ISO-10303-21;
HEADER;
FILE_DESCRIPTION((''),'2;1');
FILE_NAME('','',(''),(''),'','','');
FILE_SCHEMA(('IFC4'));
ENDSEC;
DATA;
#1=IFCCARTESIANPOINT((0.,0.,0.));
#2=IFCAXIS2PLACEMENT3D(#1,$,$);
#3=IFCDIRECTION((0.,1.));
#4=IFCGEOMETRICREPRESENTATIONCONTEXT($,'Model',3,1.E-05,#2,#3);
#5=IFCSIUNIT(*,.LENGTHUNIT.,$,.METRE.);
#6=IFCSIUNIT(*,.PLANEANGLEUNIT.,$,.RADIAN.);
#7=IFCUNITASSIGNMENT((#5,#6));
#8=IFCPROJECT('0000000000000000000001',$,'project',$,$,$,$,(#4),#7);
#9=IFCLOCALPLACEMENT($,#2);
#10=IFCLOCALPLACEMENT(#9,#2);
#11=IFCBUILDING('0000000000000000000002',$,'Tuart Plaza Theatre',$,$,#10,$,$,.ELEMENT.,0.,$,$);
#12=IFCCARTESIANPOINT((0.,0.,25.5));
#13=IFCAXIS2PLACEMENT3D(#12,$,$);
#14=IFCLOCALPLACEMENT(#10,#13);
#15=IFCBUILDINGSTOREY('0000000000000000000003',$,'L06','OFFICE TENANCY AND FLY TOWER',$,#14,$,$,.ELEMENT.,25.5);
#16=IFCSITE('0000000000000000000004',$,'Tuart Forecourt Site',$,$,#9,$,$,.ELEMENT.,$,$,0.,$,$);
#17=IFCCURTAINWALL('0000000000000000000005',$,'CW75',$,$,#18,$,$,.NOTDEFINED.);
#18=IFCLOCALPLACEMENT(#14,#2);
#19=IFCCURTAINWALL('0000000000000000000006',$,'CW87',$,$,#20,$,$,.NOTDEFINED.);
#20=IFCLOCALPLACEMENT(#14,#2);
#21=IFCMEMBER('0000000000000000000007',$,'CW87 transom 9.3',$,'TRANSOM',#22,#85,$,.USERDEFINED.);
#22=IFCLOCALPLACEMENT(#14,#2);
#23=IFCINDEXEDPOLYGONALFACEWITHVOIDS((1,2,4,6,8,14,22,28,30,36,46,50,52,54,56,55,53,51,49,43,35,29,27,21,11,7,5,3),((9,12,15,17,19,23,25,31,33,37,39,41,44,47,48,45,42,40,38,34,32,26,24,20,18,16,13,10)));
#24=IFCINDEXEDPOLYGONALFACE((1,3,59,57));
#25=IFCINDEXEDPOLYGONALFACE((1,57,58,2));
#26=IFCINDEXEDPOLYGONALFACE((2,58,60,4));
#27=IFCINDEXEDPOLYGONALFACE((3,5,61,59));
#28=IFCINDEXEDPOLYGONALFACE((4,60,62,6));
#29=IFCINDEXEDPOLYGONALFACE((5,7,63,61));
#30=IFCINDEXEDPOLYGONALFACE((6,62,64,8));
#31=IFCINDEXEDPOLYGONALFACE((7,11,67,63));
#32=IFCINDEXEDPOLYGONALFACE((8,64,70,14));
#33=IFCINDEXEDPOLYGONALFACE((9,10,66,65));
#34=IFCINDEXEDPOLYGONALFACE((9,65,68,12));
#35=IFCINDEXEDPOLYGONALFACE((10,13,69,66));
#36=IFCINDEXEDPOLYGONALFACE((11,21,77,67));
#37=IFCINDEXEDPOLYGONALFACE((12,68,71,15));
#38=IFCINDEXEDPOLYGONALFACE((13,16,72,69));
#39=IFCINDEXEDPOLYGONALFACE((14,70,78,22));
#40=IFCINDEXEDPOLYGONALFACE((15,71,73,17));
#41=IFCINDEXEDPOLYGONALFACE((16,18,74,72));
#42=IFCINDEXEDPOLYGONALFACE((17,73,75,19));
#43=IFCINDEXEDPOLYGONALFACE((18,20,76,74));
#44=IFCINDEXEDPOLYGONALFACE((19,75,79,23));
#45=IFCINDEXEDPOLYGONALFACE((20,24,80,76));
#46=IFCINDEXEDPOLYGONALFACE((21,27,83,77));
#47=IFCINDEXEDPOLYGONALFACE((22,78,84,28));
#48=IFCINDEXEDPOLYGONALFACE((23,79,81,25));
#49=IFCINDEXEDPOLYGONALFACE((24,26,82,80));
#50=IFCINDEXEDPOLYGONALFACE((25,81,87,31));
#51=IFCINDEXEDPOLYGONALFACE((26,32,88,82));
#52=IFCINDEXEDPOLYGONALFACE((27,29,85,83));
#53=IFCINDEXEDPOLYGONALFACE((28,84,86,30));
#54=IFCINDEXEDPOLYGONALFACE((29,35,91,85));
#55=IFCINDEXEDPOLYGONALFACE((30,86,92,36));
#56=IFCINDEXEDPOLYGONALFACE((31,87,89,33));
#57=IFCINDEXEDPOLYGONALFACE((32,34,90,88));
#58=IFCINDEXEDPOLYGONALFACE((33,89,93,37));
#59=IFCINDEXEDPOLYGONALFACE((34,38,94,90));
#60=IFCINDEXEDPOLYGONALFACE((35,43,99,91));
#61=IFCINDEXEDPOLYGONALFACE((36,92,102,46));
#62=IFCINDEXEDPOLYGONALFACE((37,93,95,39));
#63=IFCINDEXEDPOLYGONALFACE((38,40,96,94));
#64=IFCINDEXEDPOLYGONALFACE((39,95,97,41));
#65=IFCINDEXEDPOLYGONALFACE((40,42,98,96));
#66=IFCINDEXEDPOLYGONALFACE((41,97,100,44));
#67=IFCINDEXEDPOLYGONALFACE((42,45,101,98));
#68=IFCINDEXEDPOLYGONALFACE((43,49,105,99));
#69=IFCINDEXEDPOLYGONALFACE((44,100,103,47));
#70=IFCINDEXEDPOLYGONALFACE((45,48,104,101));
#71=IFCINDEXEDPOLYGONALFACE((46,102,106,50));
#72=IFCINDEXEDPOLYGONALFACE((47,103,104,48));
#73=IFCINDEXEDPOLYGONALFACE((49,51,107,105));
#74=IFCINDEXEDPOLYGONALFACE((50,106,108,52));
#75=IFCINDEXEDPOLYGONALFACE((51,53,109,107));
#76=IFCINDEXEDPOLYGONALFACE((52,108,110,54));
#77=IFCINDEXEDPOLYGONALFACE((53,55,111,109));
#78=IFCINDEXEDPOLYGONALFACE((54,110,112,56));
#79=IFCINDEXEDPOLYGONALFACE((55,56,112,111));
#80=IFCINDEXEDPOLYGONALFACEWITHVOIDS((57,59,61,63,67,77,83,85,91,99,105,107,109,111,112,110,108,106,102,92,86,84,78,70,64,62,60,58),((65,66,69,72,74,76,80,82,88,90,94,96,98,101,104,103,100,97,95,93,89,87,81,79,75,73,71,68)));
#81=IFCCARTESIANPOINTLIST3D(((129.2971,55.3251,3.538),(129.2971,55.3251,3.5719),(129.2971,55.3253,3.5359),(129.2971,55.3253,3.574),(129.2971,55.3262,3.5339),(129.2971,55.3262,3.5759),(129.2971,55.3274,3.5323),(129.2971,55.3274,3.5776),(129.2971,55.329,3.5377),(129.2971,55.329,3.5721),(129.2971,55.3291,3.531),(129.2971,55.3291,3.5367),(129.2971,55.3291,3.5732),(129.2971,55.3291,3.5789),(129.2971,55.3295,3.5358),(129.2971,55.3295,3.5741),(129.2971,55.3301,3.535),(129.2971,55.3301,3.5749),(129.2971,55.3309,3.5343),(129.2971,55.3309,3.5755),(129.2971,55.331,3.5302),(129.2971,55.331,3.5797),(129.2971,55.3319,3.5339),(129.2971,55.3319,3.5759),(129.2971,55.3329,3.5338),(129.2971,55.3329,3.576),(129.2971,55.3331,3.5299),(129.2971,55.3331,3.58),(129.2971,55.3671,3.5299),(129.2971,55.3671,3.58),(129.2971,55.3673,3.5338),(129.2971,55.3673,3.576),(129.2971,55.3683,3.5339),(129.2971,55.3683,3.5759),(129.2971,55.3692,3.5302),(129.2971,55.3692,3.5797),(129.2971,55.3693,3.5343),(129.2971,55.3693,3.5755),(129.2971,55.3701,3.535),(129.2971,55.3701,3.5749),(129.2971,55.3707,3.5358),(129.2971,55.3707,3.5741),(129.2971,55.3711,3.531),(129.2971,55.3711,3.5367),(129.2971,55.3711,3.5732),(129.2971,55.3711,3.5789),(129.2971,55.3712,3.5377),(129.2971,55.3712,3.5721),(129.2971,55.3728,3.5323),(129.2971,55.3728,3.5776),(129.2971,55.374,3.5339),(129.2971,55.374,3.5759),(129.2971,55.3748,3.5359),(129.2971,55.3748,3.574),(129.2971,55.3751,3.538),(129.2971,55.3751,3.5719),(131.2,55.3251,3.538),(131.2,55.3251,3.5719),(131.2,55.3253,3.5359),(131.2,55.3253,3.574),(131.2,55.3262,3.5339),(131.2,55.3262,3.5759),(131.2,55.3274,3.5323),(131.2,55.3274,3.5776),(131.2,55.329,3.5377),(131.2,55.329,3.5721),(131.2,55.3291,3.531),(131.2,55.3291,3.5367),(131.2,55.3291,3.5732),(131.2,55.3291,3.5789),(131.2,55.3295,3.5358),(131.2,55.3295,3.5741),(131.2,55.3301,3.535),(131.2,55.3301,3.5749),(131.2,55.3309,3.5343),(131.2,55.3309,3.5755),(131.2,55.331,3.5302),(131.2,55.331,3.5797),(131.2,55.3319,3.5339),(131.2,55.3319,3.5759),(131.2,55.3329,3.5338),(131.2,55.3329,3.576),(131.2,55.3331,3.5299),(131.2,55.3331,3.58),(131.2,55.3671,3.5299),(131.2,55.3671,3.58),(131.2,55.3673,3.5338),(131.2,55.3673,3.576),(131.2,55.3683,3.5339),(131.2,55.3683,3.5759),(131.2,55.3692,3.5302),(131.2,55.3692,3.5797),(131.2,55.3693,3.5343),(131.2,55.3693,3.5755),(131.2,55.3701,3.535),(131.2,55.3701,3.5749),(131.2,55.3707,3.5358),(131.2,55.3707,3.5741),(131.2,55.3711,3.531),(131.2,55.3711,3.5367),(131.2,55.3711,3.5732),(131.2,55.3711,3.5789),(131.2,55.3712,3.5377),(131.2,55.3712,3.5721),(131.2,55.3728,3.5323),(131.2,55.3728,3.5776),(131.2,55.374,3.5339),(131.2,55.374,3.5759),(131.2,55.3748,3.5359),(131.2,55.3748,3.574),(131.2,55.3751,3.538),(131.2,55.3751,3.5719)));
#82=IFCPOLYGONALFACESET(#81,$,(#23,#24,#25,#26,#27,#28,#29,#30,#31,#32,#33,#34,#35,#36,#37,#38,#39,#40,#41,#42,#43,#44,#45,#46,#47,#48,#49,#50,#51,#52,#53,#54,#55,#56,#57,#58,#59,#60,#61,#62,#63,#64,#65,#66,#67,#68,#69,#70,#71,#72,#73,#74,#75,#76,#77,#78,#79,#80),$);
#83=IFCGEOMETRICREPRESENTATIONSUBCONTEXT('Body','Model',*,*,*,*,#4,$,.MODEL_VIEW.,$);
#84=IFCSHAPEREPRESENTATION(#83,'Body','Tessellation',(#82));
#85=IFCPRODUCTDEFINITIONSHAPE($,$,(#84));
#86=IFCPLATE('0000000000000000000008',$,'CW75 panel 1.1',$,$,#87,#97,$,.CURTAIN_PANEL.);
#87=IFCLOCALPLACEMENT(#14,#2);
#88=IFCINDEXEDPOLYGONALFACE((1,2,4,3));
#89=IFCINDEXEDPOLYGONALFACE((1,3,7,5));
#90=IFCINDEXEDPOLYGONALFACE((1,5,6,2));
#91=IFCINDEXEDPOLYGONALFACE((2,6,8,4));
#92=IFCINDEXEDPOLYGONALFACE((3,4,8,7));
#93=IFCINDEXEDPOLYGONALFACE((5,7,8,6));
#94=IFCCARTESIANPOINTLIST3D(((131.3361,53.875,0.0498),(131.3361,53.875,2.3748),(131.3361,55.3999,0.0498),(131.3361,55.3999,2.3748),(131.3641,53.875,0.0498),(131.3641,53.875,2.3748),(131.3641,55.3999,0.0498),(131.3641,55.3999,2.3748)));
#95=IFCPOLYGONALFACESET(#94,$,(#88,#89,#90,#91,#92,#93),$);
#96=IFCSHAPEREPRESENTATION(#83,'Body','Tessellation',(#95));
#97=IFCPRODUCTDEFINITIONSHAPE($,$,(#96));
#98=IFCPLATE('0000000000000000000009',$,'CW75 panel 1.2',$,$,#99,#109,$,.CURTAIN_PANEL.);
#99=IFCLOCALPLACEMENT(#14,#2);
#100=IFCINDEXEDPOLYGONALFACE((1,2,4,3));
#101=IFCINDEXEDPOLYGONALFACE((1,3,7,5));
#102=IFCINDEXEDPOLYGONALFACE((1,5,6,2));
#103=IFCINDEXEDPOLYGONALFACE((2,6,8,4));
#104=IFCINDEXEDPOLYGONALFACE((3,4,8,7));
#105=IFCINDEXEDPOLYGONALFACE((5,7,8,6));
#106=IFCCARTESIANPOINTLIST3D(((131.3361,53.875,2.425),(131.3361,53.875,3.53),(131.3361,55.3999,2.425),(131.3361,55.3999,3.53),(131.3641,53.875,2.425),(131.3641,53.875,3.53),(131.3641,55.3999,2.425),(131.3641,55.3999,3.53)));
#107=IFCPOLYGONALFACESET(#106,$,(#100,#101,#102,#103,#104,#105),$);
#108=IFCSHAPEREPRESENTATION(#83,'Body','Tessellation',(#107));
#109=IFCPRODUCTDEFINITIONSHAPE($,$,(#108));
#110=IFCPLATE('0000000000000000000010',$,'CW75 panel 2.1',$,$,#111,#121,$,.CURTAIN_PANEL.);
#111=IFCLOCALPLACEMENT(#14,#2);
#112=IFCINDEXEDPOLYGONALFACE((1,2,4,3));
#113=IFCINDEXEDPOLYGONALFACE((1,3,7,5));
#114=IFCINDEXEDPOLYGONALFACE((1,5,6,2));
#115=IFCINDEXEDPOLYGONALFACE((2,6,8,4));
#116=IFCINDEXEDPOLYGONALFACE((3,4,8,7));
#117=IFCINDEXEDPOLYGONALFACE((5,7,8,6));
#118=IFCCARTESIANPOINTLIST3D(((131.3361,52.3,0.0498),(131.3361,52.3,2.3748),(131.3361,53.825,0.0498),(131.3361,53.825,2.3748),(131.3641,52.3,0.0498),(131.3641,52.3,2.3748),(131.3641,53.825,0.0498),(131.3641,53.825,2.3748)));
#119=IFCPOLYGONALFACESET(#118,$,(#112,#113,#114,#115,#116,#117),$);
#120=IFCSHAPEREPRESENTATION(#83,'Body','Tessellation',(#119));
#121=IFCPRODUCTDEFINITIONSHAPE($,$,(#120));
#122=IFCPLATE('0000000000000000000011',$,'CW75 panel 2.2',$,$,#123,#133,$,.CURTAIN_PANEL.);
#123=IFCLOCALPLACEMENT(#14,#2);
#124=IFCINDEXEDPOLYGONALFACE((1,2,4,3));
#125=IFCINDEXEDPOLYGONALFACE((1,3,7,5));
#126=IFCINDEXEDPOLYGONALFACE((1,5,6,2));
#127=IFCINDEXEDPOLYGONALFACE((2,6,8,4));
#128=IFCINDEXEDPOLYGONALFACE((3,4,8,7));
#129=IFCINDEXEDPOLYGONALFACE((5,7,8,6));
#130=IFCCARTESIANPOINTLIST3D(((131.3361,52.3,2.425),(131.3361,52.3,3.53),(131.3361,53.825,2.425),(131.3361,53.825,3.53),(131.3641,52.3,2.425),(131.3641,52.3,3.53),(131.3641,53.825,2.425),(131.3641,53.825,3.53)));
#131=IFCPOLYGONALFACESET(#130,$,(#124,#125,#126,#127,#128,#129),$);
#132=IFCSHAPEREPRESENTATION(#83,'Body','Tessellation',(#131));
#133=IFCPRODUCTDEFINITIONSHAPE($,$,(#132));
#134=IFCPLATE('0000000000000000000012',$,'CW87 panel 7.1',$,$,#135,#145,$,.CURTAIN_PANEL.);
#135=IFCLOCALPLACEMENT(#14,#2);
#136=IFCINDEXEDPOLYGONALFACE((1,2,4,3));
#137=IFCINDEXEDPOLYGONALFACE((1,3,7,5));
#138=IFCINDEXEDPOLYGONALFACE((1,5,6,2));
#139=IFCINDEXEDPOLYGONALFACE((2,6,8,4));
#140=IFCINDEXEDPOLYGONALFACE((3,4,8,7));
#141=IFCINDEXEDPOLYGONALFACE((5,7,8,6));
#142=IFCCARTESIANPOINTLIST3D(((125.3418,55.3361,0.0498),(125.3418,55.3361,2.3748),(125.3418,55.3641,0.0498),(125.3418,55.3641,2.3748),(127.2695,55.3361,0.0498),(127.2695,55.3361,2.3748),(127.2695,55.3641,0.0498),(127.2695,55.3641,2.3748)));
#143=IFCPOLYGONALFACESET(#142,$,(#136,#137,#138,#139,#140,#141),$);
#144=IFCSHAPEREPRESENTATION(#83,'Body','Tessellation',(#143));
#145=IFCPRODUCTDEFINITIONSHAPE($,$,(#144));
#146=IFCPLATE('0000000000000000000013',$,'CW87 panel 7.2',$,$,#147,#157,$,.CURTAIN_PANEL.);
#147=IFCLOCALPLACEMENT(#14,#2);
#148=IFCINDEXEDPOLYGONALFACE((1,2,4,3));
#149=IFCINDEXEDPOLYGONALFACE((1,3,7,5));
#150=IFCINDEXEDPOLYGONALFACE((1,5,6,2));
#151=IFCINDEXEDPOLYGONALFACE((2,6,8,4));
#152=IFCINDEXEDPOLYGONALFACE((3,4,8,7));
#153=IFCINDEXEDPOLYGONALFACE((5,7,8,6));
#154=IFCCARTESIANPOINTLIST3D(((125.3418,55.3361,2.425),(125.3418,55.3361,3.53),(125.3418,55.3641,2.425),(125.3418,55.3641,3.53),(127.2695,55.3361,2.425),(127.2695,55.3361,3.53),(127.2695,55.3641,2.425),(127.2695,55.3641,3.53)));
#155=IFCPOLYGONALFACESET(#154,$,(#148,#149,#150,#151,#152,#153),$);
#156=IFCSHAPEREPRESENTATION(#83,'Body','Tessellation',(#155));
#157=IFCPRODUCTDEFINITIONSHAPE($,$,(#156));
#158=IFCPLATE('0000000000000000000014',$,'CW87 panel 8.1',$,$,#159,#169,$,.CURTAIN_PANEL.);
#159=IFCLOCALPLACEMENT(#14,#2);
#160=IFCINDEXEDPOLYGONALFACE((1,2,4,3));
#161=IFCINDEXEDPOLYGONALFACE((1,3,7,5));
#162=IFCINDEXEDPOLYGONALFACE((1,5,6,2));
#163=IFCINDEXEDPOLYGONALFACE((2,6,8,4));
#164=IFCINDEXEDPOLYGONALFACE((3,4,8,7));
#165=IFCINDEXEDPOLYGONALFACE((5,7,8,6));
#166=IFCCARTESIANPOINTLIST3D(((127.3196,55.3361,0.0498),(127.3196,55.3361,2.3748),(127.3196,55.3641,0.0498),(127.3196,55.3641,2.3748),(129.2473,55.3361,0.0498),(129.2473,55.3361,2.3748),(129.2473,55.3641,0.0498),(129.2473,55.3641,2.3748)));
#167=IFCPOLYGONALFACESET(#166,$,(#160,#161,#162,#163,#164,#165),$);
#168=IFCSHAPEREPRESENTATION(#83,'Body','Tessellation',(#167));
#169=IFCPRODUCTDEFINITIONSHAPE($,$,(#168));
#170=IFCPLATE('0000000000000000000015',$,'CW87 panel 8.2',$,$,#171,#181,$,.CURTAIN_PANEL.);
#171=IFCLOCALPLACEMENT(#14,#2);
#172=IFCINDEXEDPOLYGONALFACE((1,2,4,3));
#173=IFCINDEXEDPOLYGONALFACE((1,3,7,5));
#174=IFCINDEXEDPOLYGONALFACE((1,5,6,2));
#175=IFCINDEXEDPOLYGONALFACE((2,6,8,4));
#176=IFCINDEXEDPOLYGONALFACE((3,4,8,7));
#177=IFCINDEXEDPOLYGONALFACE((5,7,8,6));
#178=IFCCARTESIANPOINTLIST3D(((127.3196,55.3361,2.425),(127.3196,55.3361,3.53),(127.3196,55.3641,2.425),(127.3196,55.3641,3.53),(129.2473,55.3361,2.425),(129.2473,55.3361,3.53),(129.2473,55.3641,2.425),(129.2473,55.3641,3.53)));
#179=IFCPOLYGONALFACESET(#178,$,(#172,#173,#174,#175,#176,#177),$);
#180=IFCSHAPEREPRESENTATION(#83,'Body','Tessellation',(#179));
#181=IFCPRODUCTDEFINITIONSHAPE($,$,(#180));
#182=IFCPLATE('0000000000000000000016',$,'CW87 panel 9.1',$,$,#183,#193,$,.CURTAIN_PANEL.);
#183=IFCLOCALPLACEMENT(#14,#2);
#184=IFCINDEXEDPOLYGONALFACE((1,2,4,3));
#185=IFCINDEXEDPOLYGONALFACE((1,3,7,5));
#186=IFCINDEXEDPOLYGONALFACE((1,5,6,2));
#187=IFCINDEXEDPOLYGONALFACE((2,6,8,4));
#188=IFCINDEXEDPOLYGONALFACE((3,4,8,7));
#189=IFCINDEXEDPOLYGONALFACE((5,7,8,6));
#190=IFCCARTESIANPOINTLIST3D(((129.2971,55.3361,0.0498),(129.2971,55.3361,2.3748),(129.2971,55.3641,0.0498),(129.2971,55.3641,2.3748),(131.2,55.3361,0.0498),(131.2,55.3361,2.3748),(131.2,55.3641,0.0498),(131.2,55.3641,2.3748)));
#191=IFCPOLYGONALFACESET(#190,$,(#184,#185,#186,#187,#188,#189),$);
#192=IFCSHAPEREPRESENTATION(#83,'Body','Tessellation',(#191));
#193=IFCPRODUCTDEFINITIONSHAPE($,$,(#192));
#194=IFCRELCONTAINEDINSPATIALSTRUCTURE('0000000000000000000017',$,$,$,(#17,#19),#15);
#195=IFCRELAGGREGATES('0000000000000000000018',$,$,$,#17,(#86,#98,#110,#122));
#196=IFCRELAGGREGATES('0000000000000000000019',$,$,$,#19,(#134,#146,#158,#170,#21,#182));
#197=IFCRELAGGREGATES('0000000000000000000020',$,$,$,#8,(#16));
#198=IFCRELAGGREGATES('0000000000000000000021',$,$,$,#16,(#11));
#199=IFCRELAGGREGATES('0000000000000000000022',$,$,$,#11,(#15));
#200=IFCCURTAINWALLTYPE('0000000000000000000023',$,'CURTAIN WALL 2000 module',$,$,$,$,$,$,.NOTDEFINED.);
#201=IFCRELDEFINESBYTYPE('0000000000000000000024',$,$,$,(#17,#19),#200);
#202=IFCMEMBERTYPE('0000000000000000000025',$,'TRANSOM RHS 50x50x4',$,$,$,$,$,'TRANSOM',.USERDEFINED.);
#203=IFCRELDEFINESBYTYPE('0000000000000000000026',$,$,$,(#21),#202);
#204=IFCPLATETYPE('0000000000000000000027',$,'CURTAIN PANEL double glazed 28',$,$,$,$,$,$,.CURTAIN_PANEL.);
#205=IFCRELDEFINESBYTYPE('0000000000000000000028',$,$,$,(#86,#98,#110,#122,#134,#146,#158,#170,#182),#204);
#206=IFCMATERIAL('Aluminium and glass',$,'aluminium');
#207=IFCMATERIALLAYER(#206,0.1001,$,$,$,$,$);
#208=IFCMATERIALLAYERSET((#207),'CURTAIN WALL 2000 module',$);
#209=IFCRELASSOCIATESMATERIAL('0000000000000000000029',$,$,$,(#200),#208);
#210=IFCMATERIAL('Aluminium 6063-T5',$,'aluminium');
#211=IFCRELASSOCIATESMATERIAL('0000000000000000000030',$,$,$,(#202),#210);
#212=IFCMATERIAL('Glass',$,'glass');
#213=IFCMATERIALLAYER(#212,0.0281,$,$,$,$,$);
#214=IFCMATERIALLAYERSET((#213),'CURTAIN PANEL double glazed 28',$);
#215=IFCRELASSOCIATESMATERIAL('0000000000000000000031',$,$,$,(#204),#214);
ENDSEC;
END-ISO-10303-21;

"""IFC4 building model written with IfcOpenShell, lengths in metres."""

from ifc_helpers import new_model, si_unit, direction, frame, origin, origin_2d, place, context, subcontext, project, spatial, rectangle, hollow_rectangle, extrude, material, layer, layer_set, material_profile, profile_set, type_object, element, aggregate, save


model = new_model("IFC4")

# Units and contexts
model_context = context("Model", 3, precision=1e-05, world=origin(), true_north=direction((0.0, 1.0)))
body_context = subcontext(model_context, "Body", "Model", "MODEL_VIEW")
ifc_project = project(units=[si_unit("LENGTHUNIT", "METRE"), si_unit("PLANEANGLEUNIT", "RADIAN")], contexts=[model_context])

# Site, building, storey
site_placement = place(None, origin())
site = spatial("IfcSite", under=ifc_project, at=site_placement, Name="Tuart Forecourt Site", CompositionType="ELEMENT", RefElevation=0.0)
building_placement = place(site_placement, origin())
building = spatial("IfcBuilding", under=site, at=building_placement, Name="Tuart Plaza Theatre", CompositionType="ELEMENT", ElevationOfRefHeight=0.0)
storey_placement = place(building_placement, frame((0.0, 0.0, 25.5)))
storey = spatial("IfcBuildingStorey", under=building, at=storey_placement, Name="L06", Description="OFFICE TENANCY AND FLY TOWER", CompositionType="ELEMENT", Elevation=25.5)

# Curtain wall
ifc_material_1 = material(Name="Aluminium and glass", Category="aluminium")
ifc_layer_1 = layer(ifc_material_1, 0.1001)
ifc_layer_set_1 = layer_set([ifc_layer_1], Name="CURTAIN WALL 2000 module")
curtain_wall_type = type_object("IfcCurtainWallType", Name="CURTAIN WALL 2000 module", PredefinedType="NOTDEFINED", material=ifc_layer_set_1)
curtain_wall_1_placement = place(storey_placement, origin())
curtain_wall_1 = element("IfcCurtainWall", 1, at=curtain_wall_1_placement, inside=storey, type_object=curtain_wall_type, Name="CW75", PredefinedType="NOTDEFINED")

# Curtain wall
curtain_wall_2_placement = place(storey_placement, origin())
curtain_wall_2 = element("IfcCurtainWall", 2, at=curtain_wall_2_placement, inside=storey, type_object=curtain_wall_type, Name="CW87", PredefinedType="NOTDEFINED")

# Member
ifc_material_2 = material(Name="Aluminium 6063-T5", Category="aluminium")
ifc_material_profile_1 = material_profile(ifc_material_2, hollow_rectangle(XDim=0.05, YDim=0.05, WallThickness=0.0039, InnerFilletRadius=0.0039, OuterFilletRadius=0.0081, at=origin_2d()), Name="RHS 50x50x4")
ifc_profile_set_1 = profile_set([ifc_material_profile_1], Name="Aluminium 6063-T5")
member_type_1 = type_object("IfcMemberType", Name="TRANSOM RHS 50x50x4", ElementType="TRANSOM", PredefinedType="USERDEFINED", material=ifc_profile_set_1)
member_1_placement = place(storey_placement, frame((129.2971, 55.3501, 3.5549), z_axis=(1.0, 0.0, 0.0), x_axis=(0.0, 1.0, 0.0)))
member_1 = element("IfcMember", 3, at=member_1_placement, type_object=member_type_1, Name="CW87 transom 9.3", ObjectType="TRANSOM", PredefinedType="USERDEFINED", context=body_context, shape_type="SweptSolid", body=[
    extrude(hollow_rectangle(XDim=0.05, YDim=0.05, WallThickness=0.0039, InnerFilletRadius=0.0039, OuterFilletRadius=0.0081, at=origin_2d()), origin(), (0.0, 0.0, 1.0), 1.9028),
])

# Plates
ifc_material_3 = material(Name="Glass", Category="glass")
ifc_layer_2 = layer(ifc_material_3, 0.0281)
ifc_layer_set_2 = layer_set([ifc_layer_2], Name="CURTAIN PANEL double glazed 28")
plate_type = type_object("IfcPlateType", Name="CURTAIN PANEL double glazed 28", PredefinedType="CURTAIN_PANEL", material=ifc_layer_set_2)
plate_1_placement = place(storey_placement, frame((131.3501, 54.6375, 0.0498), z_axis=(0.0, 0.0, 1.0), x_axis=(0.0, -1.0, 0.0)))
plate_1 = element("IfcPlate", 4, at=plate_1_placement, type_object=plate_type, Name="CW75 panel 1.1", PredefinedType="CURTAIN_PANEL", context=body_context, shape_type="SweptSolid", body=[
    extrude(rectangle(XDim=1.5249, YDim=0.0281, at=origin_2d()), origin(), (0.0, 0.0, 1.0), 2.325),
])
plate_2_placement = place(storey_placement, frame((131.3501, 54.6375, 2.425), z_axis=(0.0, 0.0, 1.0), x_axis=(0.0, -1.0, 0.0)))
plate_2 = element("IfcPlate", 5, at=plate_2_placement, type_object=plate_type, Name="CW75 panel 1.2", PredefinedType="CURTAIN_PANEL", context=body_context, shape_type="SweptSolid", body=[
    extrude(rectangle(XDim=1.5249, YDim=0.0281, at=origin_2d()), origin(), (0.0, 0.0, 1.0), 1.105),
])
plate_3_placement = place(storey_placement, frame((131.3501, 53.0625, 0.0498), z_axis=(0.0, 0.0, 1.0), x_axis=(0.0, -1.0, 0.0)))
plate_3 = element("IfcPlate", 6, at=plate_3_placement, type_object=plate_type, Name="CW75 panel 2.1", PredefinedType="CURTAIN_PANEL", context=body_context, shape_type="SweptSolid", body=[
    extrude(rectangle(XDim=1.5249, YDim=0.0281, at=origin_2d()), origin(), (0.0, 0.0, 1.0), 2.325),
])
plate_4_placement = place(storey_placement, frame((131.3501, 53.0625, 2.425), z_axis=(0.0, 0.0, 1.0), x_axis=(0.0, -1.0, 0.0)))
plate_4 = element("IfcPlate", 7, at=plate_4_placement, type_object=plate_type, Name="CW75 panel 2.2", PredefinedType="CURTAIN_PANEL", context=body_context, shape_type="SweptSolid", body=[
    extrude(rectangle(XDim=1.5249, YDim=0.0281, at=origin_2d()), origin(), (0.0, 0.0, 1.0), 1.105),
])
aggregate(curtain_wall_1, [plate_1, plate_2, plate_3, plate_4])
plate_5_placement = place(storey_placement, frame((126.3057, 55.3501, 0.0498), z_axis=(0.0, 0.0, 1.0), x_axis=(1.0, 0.0, 0.0)))
plate_5 = element("IfcPlate", 8, at=plate_5_placement, type_object=plate_type, Name="CW87 panel 7.1", PredefinedType="CURTAIN_PANEL", context=body_context, shape_type="SweptSolid", body=[
    extrude(rectangle(XDim=1.9277, YDim=0.0281, at=origin_2d()), origin(), (0.0, 0.0, 1.0), 2.325),
])
plate_6_placement = place(storey_placement, frame((126.3057, 55.3501, 2.425), z_axis=(0.0, 0.0, 1.0), x_axis=(1.0, 0.0, 0.0)))
plate_6 = element("IfcPlate", 9, at=plate_6_placement, type_object=plate_type, Name="CW87 panel 7.2", PredefinedType="CURTAIN_PANEL", context=body_context, shape_type="SweptSolid", body=[
    extrude(rectangle(XDim=1.9277, YDim=0.0281, at=origin_2d()), origin(), (0.0, 0.0, 1.0), 1.105),
])
plate_7_placement = place(storey_placement, frame((128.2834, 55.3501, 0.0498), z_axis=(0.0, 0.0, 1.0), x_axis=(1.0, 0.0, 0.0)))
plate_7 = element("IfcPlate", 10, at=plate_7_placement, type_object=plate_type, Name="CW87 panel 8.1", PredefinedType="CURTAIN_PANEL", context=body_context, shape_type="SweptSolid", body=[
    extrude(rectangle(XDim=1.9277, YDim=0.0281, at=origin_2d()), origin(), (0.0, 0.0, 1.0), 2.325),
])
plate_8_placement = place(storey_placement, frame((128.2834, 55.3501, 2.425), z_axis=(0.0, 0.0, 1.0), x_axis=(1.0, 0.0, 0.0)))
plate_8 = element("IfcPlate", 11, at=plate_8_placement, type_object=plate_type, Name="CW87 panel 8.2", PredefinedType="CURTAIN_PANEL", context=body_context, shape_type="SweptSolid", body=[
    extrude(rectangle(XDim=1.9277, YDim=0.0281, at=origin_2d()), origin(), (0.0, 0.0, 1.0), 1.105),
])
plate_9_placement = place(storey_placement, frame((130.2485, 55.3501, 0.0498), z_axis=(0.0, 0.0, 1.0), x_axis=(1.0, 0.0, 0.0)))
plate_9 = element("IfcPlate", 12, at=plate_9_placement, type_object=plate_type, Name="CW87 panel 9.1", PredefinedType="CURTAIN_PANEL", context=body_context, shape_type="SweptSolid", body=[
    extrude(rectangle(XDim=1.9028, YDim=0.0281, at=origin_2d()), origin(), (0.0, 0.0, 1.0), 2.325),
])
aggregate(curtain_wall_2, [plate_5, plate_6, plate_7, plate_8, member_1, plate_9])

save(model, "model.ifc")
